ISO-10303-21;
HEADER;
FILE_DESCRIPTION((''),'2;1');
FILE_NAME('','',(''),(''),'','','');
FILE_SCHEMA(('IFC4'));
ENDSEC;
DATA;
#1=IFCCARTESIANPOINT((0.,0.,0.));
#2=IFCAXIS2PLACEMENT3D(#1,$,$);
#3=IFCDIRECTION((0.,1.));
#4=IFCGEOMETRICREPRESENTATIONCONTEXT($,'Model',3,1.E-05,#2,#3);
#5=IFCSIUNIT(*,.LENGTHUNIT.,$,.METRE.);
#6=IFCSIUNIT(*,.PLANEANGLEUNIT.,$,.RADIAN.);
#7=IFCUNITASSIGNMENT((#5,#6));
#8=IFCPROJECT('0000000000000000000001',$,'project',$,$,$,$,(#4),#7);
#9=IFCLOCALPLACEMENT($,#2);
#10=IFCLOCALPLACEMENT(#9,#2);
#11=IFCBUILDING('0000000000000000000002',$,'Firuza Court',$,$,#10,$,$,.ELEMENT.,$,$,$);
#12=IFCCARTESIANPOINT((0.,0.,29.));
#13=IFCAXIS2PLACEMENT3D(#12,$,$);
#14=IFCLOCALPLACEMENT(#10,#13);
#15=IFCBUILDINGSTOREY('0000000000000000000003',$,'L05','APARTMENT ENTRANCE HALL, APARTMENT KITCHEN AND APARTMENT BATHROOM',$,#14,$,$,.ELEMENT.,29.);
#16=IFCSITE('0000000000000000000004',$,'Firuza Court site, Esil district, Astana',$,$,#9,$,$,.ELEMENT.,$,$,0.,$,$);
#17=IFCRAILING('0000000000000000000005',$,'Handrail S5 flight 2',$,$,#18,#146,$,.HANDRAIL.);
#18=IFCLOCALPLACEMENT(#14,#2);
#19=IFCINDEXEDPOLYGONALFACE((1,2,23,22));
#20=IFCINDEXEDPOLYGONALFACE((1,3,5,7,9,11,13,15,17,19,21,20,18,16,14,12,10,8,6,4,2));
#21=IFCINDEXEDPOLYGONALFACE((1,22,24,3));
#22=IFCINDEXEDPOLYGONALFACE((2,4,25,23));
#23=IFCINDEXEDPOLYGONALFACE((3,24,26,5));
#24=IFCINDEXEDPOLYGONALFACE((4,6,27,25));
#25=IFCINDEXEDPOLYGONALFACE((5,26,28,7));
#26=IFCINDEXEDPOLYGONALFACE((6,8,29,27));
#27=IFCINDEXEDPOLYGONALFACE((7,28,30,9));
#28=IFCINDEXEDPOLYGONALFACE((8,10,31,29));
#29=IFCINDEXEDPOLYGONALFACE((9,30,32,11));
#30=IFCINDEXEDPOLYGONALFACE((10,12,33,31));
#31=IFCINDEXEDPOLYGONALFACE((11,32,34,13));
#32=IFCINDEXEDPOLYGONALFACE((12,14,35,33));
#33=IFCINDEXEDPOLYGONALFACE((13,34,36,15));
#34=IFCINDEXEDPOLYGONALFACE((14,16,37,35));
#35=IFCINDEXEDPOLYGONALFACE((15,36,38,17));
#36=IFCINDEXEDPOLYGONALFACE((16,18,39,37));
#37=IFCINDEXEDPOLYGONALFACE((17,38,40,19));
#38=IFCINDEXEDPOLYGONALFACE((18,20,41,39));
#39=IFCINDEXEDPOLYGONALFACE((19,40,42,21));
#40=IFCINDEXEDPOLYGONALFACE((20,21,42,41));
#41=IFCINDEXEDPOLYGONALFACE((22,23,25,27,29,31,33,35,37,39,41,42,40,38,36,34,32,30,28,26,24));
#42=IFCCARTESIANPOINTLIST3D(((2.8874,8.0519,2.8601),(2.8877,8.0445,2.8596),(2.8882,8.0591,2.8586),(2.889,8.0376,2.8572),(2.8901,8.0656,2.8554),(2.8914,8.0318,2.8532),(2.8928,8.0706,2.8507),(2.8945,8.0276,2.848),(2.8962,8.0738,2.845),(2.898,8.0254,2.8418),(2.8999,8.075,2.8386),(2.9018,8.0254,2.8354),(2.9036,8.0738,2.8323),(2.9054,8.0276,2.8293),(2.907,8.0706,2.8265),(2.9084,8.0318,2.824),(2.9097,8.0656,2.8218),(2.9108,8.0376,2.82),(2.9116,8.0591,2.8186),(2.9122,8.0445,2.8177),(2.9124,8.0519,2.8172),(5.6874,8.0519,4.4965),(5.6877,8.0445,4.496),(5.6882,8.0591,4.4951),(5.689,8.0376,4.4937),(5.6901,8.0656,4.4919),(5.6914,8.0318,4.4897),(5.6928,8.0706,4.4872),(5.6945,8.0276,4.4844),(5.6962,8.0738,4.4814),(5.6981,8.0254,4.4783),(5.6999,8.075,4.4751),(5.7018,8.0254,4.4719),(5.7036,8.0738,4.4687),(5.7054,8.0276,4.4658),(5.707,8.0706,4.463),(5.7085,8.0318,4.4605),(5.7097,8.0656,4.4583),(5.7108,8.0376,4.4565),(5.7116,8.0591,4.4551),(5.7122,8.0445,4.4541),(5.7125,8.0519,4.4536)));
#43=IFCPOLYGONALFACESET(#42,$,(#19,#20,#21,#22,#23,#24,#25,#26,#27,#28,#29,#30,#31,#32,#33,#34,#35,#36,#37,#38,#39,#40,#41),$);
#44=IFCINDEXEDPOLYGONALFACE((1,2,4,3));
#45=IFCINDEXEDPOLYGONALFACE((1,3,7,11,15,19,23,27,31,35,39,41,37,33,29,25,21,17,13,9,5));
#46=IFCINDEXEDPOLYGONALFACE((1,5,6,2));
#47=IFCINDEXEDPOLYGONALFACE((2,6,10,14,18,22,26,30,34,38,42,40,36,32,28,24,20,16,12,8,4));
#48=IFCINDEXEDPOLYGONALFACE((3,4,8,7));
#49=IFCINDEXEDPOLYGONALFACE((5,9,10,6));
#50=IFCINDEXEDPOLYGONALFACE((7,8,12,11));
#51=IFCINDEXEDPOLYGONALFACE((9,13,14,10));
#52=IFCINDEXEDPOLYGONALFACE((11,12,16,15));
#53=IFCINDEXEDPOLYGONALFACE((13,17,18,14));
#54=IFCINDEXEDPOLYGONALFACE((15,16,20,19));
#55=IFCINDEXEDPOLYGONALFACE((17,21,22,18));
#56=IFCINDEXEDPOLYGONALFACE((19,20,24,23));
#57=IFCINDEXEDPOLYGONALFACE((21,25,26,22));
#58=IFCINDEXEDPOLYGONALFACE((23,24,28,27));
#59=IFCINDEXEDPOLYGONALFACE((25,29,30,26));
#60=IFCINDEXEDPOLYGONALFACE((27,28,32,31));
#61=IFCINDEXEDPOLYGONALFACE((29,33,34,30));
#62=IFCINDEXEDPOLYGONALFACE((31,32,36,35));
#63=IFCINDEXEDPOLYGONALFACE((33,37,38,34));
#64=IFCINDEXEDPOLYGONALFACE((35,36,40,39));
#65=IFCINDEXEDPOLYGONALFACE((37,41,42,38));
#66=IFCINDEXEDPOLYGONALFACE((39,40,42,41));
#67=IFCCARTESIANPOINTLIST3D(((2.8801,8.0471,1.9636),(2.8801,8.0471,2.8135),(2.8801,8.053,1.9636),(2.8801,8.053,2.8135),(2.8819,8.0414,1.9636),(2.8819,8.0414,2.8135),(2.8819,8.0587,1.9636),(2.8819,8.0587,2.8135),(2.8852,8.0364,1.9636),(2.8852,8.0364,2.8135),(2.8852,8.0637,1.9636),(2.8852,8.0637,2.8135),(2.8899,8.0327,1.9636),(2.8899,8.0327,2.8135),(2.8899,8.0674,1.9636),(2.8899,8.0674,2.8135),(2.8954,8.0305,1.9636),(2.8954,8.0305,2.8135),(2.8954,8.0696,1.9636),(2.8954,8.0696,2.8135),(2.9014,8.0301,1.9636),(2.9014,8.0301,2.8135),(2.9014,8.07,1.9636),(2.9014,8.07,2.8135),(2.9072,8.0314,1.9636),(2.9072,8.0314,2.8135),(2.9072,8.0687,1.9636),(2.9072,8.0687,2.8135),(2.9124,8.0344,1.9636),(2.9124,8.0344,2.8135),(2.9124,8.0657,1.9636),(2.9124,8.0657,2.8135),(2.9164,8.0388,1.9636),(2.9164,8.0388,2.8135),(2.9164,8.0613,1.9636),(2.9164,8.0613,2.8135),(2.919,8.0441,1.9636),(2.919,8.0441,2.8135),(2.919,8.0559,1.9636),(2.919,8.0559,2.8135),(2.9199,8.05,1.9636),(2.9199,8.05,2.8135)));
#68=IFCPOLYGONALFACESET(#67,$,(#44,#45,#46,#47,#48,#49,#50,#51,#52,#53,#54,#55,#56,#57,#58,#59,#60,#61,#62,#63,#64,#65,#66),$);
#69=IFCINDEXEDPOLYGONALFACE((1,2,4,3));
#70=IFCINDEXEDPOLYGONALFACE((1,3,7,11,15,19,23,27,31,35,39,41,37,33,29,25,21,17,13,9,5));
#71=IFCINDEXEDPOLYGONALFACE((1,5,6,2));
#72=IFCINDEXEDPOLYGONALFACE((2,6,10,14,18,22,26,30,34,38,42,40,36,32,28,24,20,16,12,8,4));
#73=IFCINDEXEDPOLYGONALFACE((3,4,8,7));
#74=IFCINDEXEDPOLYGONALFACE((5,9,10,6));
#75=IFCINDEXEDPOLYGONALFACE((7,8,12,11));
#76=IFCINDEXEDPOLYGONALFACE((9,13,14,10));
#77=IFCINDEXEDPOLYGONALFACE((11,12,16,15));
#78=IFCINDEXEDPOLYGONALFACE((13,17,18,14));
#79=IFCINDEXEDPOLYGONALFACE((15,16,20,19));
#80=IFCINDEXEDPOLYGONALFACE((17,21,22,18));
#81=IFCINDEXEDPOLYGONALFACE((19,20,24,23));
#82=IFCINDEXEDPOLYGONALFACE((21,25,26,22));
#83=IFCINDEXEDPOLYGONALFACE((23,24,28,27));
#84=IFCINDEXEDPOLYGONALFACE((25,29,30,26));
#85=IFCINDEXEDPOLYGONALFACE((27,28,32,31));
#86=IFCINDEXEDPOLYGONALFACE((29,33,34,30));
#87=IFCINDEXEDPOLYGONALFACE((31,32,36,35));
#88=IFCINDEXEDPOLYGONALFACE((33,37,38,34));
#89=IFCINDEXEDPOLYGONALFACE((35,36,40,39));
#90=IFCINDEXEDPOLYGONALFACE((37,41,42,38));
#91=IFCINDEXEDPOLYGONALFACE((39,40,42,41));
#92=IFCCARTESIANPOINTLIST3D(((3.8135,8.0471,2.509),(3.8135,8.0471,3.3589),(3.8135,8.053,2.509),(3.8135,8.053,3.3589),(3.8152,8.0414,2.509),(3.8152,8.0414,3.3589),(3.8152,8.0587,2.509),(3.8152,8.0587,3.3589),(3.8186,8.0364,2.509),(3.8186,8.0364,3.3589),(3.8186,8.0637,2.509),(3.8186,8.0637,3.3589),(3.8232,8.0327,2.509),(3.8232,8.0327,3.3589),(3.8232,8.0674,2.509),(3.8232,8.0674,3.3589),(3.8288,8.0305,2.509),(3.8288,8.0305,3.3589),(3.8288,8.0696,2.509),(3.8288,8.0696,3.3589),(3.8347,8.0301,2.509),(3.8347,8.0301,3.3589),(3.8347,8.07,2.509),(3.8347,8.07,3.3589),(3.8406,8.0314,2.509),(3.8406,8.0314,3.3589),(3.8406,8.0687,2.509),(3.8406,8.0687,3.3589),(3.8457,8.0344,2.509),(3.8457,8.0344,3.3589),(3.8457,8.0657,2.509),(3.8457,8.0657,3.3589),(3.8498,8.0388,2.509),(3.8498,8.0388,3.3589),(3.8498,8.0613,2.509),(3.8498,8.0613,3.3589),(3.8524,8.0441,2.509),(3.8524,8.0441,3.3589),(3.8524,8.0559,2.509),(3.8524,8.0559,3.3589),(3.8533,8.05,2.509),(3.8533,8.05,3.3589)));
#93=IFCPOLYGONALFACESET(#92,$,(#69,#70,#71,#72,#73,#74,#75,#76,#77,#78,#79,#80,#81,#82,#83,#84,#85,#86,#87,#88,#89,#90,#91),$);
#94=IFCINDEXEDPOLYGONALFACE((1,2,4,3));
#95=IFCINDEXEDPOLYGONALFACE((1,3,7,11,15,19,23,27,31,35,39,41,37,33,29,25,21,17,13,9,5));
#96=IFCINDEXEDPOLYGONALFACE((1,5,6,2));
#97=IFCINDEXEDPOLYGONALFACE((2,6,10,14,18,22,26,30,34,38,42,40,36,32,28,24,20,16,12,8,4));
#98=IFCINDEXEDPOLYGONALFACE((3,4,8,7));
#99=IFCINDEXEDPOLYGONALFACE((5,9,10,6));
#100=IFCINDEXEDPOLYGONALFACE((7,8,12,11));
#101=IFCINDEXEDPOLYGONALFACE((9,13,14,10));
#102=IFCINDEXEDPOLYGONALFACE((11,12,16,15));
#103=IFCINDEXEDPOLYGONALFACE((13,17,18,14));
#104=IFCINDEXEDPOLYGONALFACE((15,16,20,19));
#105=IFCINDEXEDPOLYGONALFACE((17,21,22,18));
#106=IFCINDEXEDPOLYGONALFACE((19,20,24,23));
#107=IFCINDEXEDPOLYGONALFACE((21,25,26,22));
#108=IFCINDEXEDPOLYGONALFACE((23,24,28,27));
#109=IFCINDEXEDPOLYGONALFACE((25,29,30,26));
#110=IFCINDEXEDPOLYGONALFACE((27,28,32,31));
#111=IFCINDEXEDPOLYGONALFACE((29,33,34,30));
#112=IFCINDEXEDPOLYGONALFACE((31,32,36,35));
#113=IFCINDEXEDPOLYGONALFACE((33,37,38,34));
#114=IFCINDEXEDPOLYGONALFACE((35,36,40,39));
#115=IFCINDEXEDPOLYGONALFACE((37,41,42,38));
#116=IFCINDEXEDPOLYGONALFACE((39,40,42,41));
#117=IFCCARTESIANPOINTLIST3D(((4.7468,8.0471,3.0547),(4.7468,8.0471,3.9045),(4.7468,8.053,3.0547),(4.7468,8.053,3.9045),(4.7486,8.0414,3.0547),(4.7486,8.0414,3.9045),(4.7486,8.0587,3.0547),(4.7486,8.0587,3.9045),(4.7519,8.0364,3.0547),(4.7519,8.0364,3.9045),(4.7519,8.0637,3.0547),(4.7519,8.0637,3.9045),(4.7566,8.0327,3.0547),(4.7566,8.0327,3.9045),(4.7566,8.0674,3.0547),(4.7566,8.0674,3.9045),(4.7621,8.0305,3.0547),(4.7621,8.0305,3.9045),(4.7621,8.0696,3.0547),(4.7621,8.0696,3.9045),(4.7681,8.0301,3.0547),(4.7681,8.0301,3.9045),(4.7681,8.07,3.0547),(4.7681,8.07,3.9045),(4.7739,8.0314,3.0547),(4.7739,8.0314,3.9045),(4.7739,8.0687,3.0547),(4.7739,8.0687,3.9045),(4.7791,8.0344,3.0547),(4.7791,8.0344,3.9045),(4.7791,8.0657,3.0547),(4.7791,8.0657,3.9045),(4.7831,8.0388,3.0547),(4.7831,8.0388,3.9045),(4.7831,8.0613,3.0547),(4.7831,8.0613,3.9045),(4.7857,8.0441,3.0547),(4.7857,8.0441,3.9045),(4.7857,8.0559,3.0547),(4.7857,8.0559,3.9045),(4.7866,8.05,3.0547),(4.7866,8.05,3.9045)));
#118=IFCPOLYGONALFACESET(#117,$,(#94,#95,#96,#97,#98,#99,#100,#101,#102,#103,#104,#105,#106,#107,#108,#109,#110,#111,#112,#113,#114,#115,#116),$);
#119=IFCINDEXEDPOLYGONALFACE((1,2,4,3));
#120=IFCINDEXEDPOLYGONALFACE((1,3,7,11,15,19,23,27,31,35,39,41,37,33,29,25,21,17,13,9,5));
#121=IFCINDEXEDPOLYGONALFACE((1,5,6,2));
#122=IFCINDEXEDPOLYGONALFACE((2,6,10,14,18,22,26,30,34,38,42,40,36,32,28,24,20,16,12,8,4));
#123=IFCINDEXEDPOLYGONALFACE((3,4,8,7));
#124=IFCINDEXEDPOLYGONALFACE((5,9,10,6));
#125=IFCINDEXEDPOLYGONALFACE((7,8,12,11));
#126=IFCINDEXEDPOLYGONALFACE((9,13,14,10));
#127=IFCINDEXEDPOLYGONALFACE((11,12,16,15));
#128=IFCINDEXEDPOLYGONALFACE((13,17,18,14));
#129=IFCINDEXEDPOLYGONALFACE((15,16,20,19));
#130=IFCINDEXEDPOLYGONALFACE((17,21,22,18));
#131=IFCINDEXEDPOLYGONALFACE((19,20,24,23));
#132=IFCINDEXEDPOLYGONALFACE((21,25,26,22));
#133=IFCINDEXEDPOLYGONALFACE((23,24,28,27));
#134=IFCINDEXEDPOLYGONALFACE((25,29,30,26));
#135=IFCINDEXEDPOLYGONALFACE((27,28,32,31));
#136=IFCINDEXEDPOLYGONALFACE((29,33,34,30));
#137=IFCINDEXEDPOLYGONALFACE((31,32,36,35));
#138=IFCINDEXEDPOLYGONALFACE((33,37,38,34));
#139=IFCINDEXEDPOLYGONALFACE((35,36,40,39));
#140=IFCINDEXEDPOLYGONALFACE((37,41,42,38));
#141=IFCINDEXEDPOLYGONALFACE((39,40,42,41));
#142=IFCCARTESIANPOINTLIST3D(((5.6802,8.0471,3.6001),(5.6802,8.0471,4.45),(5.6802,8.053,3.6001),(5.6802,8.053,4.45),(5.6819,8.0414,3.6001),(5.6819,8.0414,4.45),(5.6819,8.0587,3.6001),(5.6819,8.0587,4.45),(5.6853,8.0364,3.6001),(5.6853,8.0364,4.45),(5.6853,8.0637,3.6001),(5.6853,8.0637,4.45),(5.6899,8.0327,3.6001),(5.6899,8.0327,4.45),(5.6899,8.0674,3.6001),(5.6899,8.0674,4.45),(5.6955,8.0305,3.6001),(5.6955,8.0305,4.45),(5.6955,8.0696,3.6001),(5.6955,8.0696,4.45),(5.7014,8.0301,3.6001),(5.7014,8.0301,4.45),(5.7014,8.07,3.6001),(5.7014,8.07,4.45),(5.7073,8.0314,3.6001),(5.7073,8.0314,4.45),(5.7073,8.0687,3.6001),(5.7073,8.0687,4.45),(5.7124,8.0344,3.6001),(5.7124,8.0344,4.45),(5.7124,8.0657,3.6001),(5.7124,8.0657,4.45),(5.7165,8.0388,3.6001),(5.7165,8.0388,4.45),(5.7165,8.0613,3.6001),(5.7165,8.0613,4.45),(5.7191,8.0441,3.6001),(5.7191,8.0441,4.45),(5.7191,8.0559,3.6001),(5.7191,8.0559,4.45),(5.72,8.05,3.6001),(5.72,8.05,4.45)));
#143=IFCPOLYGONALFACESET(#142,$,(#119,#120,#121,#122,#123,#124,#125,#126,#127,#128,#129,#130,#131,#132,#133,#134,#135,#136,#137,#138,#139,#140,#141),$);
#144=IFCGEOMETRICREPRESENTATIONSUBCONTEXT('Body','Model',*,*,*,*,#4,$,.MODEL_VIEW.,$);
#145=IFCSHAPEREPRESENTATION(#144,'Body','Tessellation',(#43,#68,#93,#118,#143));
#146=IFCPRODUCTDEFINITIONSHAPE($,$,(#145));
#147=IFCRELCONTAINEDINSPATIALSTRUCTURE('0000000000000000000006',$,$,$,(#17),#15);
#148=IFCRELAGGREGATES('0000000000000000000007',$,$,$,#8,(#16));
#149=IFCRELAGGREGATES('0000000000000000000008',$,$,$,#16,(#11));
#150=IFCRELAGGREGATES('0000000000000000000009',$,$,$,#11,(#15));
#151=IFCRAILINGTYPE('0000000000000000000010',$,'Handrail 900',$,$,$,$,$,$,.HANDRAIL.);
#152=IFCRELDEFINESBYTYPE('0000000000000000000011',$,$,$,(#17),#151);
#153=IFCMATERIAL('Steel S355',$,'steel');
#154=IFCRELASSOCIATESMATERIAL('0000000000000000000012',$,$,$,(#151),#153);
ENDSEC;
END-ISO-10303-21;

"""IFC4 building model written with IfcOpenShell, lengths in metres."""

from ifc_helpers import new_model, si_unit, direction, frame, origin, origin_2d, place, context, subcontext, project, spatial, circle, extrude, material, type_object, element, save


model = new_model("IFC4")

# Units and contexts
model_context = context("Model", 3, precision=1e-05, world=origin(), true_north=direction((0.0, 1.0)))
body_context = subcontext(model_context, "Body", "Model", "MODEL_VIEW")
ifc_project = project(units=[si_unit("LENGTHUNIT", "METRE"), si_unit("PLANEANGLEUNIT", "RADIAN")], contexts=[model_context])

# Site, building, storey
site_placement = place(None, origin())
site = spatial("IfcSite", under=ifc_project, at=site_placement, Name="Firuza Court site, Esil district, Astana", CompositionType="ELEMENT", RefElevation=0.0)
building_placement = place(site_placement, origin())
building = spatial("IfcBuilding", under=site, at=building_placement, Name="Firuza Court", CompositionType="ELEMENT")
storey_placement = place(building_placement, frame((0.0, 0.0, 29.0)))
storey = spatial("IfcBuildingStorey", under=building, at=storey_placement, Name="L05", Description="APARTMENT ENTRANCE HALL, APARTMENT KITCHEN AND APARTMENT BATHROOM", CompositionType="ELEMENT", Elevation=29.0)

# Railing
ifc_material_1 = material(Name="Steel S355", Category="steel")
railing_type = type_object("IfcRailingType", Name="Handrail 900", PredefinedType="HANDRAIL", material=ifc_material_1)
railing_placement = place(storey_placement, frame((2.8999, 8.05, 1.9636)))
element("IfcRailing", 1, at=railing_placement, inside=storey, type_object=railing_type, Name="Handrail S5 flight 2", PredefinedType="HANDRAIL", context=body_context, shape_type="SweptSolid", body=[
    extrude(circle(Radius=0.0249, at=origin_2d()), frame((0.0, 0.0, 0.875), z_axis=(0.863361, 0.0, 0.504587), x_axis=(0.0, 1.0, 0.0)), (0.0, 0.0, 1.0), 3.2432),
    extrude(circle(Radius=0.02, at=origin_2d()), origin(), (0.0, 0.0, 1.0), 0.8499),
    extrude(circle(Radius=0.02, at=origin_2d()), frame((0.9333, 0.0, 0.5454)), (0.0, 0.0, 1.0), 0.8499),
    extrude(circle(Radius=0.02, at=origin_2d()), frame((1.8667, 0.0, 1.0911)), (0.0, 0.0, 1.0), 0.8499),
    extrude(circle(Radius=0.02, at=origin_2d()), frame((2.8, 0.0, 1.6365)), (0.0, 0.0, 1.0), 0.8499),
])

save(model, "model.ifc")
